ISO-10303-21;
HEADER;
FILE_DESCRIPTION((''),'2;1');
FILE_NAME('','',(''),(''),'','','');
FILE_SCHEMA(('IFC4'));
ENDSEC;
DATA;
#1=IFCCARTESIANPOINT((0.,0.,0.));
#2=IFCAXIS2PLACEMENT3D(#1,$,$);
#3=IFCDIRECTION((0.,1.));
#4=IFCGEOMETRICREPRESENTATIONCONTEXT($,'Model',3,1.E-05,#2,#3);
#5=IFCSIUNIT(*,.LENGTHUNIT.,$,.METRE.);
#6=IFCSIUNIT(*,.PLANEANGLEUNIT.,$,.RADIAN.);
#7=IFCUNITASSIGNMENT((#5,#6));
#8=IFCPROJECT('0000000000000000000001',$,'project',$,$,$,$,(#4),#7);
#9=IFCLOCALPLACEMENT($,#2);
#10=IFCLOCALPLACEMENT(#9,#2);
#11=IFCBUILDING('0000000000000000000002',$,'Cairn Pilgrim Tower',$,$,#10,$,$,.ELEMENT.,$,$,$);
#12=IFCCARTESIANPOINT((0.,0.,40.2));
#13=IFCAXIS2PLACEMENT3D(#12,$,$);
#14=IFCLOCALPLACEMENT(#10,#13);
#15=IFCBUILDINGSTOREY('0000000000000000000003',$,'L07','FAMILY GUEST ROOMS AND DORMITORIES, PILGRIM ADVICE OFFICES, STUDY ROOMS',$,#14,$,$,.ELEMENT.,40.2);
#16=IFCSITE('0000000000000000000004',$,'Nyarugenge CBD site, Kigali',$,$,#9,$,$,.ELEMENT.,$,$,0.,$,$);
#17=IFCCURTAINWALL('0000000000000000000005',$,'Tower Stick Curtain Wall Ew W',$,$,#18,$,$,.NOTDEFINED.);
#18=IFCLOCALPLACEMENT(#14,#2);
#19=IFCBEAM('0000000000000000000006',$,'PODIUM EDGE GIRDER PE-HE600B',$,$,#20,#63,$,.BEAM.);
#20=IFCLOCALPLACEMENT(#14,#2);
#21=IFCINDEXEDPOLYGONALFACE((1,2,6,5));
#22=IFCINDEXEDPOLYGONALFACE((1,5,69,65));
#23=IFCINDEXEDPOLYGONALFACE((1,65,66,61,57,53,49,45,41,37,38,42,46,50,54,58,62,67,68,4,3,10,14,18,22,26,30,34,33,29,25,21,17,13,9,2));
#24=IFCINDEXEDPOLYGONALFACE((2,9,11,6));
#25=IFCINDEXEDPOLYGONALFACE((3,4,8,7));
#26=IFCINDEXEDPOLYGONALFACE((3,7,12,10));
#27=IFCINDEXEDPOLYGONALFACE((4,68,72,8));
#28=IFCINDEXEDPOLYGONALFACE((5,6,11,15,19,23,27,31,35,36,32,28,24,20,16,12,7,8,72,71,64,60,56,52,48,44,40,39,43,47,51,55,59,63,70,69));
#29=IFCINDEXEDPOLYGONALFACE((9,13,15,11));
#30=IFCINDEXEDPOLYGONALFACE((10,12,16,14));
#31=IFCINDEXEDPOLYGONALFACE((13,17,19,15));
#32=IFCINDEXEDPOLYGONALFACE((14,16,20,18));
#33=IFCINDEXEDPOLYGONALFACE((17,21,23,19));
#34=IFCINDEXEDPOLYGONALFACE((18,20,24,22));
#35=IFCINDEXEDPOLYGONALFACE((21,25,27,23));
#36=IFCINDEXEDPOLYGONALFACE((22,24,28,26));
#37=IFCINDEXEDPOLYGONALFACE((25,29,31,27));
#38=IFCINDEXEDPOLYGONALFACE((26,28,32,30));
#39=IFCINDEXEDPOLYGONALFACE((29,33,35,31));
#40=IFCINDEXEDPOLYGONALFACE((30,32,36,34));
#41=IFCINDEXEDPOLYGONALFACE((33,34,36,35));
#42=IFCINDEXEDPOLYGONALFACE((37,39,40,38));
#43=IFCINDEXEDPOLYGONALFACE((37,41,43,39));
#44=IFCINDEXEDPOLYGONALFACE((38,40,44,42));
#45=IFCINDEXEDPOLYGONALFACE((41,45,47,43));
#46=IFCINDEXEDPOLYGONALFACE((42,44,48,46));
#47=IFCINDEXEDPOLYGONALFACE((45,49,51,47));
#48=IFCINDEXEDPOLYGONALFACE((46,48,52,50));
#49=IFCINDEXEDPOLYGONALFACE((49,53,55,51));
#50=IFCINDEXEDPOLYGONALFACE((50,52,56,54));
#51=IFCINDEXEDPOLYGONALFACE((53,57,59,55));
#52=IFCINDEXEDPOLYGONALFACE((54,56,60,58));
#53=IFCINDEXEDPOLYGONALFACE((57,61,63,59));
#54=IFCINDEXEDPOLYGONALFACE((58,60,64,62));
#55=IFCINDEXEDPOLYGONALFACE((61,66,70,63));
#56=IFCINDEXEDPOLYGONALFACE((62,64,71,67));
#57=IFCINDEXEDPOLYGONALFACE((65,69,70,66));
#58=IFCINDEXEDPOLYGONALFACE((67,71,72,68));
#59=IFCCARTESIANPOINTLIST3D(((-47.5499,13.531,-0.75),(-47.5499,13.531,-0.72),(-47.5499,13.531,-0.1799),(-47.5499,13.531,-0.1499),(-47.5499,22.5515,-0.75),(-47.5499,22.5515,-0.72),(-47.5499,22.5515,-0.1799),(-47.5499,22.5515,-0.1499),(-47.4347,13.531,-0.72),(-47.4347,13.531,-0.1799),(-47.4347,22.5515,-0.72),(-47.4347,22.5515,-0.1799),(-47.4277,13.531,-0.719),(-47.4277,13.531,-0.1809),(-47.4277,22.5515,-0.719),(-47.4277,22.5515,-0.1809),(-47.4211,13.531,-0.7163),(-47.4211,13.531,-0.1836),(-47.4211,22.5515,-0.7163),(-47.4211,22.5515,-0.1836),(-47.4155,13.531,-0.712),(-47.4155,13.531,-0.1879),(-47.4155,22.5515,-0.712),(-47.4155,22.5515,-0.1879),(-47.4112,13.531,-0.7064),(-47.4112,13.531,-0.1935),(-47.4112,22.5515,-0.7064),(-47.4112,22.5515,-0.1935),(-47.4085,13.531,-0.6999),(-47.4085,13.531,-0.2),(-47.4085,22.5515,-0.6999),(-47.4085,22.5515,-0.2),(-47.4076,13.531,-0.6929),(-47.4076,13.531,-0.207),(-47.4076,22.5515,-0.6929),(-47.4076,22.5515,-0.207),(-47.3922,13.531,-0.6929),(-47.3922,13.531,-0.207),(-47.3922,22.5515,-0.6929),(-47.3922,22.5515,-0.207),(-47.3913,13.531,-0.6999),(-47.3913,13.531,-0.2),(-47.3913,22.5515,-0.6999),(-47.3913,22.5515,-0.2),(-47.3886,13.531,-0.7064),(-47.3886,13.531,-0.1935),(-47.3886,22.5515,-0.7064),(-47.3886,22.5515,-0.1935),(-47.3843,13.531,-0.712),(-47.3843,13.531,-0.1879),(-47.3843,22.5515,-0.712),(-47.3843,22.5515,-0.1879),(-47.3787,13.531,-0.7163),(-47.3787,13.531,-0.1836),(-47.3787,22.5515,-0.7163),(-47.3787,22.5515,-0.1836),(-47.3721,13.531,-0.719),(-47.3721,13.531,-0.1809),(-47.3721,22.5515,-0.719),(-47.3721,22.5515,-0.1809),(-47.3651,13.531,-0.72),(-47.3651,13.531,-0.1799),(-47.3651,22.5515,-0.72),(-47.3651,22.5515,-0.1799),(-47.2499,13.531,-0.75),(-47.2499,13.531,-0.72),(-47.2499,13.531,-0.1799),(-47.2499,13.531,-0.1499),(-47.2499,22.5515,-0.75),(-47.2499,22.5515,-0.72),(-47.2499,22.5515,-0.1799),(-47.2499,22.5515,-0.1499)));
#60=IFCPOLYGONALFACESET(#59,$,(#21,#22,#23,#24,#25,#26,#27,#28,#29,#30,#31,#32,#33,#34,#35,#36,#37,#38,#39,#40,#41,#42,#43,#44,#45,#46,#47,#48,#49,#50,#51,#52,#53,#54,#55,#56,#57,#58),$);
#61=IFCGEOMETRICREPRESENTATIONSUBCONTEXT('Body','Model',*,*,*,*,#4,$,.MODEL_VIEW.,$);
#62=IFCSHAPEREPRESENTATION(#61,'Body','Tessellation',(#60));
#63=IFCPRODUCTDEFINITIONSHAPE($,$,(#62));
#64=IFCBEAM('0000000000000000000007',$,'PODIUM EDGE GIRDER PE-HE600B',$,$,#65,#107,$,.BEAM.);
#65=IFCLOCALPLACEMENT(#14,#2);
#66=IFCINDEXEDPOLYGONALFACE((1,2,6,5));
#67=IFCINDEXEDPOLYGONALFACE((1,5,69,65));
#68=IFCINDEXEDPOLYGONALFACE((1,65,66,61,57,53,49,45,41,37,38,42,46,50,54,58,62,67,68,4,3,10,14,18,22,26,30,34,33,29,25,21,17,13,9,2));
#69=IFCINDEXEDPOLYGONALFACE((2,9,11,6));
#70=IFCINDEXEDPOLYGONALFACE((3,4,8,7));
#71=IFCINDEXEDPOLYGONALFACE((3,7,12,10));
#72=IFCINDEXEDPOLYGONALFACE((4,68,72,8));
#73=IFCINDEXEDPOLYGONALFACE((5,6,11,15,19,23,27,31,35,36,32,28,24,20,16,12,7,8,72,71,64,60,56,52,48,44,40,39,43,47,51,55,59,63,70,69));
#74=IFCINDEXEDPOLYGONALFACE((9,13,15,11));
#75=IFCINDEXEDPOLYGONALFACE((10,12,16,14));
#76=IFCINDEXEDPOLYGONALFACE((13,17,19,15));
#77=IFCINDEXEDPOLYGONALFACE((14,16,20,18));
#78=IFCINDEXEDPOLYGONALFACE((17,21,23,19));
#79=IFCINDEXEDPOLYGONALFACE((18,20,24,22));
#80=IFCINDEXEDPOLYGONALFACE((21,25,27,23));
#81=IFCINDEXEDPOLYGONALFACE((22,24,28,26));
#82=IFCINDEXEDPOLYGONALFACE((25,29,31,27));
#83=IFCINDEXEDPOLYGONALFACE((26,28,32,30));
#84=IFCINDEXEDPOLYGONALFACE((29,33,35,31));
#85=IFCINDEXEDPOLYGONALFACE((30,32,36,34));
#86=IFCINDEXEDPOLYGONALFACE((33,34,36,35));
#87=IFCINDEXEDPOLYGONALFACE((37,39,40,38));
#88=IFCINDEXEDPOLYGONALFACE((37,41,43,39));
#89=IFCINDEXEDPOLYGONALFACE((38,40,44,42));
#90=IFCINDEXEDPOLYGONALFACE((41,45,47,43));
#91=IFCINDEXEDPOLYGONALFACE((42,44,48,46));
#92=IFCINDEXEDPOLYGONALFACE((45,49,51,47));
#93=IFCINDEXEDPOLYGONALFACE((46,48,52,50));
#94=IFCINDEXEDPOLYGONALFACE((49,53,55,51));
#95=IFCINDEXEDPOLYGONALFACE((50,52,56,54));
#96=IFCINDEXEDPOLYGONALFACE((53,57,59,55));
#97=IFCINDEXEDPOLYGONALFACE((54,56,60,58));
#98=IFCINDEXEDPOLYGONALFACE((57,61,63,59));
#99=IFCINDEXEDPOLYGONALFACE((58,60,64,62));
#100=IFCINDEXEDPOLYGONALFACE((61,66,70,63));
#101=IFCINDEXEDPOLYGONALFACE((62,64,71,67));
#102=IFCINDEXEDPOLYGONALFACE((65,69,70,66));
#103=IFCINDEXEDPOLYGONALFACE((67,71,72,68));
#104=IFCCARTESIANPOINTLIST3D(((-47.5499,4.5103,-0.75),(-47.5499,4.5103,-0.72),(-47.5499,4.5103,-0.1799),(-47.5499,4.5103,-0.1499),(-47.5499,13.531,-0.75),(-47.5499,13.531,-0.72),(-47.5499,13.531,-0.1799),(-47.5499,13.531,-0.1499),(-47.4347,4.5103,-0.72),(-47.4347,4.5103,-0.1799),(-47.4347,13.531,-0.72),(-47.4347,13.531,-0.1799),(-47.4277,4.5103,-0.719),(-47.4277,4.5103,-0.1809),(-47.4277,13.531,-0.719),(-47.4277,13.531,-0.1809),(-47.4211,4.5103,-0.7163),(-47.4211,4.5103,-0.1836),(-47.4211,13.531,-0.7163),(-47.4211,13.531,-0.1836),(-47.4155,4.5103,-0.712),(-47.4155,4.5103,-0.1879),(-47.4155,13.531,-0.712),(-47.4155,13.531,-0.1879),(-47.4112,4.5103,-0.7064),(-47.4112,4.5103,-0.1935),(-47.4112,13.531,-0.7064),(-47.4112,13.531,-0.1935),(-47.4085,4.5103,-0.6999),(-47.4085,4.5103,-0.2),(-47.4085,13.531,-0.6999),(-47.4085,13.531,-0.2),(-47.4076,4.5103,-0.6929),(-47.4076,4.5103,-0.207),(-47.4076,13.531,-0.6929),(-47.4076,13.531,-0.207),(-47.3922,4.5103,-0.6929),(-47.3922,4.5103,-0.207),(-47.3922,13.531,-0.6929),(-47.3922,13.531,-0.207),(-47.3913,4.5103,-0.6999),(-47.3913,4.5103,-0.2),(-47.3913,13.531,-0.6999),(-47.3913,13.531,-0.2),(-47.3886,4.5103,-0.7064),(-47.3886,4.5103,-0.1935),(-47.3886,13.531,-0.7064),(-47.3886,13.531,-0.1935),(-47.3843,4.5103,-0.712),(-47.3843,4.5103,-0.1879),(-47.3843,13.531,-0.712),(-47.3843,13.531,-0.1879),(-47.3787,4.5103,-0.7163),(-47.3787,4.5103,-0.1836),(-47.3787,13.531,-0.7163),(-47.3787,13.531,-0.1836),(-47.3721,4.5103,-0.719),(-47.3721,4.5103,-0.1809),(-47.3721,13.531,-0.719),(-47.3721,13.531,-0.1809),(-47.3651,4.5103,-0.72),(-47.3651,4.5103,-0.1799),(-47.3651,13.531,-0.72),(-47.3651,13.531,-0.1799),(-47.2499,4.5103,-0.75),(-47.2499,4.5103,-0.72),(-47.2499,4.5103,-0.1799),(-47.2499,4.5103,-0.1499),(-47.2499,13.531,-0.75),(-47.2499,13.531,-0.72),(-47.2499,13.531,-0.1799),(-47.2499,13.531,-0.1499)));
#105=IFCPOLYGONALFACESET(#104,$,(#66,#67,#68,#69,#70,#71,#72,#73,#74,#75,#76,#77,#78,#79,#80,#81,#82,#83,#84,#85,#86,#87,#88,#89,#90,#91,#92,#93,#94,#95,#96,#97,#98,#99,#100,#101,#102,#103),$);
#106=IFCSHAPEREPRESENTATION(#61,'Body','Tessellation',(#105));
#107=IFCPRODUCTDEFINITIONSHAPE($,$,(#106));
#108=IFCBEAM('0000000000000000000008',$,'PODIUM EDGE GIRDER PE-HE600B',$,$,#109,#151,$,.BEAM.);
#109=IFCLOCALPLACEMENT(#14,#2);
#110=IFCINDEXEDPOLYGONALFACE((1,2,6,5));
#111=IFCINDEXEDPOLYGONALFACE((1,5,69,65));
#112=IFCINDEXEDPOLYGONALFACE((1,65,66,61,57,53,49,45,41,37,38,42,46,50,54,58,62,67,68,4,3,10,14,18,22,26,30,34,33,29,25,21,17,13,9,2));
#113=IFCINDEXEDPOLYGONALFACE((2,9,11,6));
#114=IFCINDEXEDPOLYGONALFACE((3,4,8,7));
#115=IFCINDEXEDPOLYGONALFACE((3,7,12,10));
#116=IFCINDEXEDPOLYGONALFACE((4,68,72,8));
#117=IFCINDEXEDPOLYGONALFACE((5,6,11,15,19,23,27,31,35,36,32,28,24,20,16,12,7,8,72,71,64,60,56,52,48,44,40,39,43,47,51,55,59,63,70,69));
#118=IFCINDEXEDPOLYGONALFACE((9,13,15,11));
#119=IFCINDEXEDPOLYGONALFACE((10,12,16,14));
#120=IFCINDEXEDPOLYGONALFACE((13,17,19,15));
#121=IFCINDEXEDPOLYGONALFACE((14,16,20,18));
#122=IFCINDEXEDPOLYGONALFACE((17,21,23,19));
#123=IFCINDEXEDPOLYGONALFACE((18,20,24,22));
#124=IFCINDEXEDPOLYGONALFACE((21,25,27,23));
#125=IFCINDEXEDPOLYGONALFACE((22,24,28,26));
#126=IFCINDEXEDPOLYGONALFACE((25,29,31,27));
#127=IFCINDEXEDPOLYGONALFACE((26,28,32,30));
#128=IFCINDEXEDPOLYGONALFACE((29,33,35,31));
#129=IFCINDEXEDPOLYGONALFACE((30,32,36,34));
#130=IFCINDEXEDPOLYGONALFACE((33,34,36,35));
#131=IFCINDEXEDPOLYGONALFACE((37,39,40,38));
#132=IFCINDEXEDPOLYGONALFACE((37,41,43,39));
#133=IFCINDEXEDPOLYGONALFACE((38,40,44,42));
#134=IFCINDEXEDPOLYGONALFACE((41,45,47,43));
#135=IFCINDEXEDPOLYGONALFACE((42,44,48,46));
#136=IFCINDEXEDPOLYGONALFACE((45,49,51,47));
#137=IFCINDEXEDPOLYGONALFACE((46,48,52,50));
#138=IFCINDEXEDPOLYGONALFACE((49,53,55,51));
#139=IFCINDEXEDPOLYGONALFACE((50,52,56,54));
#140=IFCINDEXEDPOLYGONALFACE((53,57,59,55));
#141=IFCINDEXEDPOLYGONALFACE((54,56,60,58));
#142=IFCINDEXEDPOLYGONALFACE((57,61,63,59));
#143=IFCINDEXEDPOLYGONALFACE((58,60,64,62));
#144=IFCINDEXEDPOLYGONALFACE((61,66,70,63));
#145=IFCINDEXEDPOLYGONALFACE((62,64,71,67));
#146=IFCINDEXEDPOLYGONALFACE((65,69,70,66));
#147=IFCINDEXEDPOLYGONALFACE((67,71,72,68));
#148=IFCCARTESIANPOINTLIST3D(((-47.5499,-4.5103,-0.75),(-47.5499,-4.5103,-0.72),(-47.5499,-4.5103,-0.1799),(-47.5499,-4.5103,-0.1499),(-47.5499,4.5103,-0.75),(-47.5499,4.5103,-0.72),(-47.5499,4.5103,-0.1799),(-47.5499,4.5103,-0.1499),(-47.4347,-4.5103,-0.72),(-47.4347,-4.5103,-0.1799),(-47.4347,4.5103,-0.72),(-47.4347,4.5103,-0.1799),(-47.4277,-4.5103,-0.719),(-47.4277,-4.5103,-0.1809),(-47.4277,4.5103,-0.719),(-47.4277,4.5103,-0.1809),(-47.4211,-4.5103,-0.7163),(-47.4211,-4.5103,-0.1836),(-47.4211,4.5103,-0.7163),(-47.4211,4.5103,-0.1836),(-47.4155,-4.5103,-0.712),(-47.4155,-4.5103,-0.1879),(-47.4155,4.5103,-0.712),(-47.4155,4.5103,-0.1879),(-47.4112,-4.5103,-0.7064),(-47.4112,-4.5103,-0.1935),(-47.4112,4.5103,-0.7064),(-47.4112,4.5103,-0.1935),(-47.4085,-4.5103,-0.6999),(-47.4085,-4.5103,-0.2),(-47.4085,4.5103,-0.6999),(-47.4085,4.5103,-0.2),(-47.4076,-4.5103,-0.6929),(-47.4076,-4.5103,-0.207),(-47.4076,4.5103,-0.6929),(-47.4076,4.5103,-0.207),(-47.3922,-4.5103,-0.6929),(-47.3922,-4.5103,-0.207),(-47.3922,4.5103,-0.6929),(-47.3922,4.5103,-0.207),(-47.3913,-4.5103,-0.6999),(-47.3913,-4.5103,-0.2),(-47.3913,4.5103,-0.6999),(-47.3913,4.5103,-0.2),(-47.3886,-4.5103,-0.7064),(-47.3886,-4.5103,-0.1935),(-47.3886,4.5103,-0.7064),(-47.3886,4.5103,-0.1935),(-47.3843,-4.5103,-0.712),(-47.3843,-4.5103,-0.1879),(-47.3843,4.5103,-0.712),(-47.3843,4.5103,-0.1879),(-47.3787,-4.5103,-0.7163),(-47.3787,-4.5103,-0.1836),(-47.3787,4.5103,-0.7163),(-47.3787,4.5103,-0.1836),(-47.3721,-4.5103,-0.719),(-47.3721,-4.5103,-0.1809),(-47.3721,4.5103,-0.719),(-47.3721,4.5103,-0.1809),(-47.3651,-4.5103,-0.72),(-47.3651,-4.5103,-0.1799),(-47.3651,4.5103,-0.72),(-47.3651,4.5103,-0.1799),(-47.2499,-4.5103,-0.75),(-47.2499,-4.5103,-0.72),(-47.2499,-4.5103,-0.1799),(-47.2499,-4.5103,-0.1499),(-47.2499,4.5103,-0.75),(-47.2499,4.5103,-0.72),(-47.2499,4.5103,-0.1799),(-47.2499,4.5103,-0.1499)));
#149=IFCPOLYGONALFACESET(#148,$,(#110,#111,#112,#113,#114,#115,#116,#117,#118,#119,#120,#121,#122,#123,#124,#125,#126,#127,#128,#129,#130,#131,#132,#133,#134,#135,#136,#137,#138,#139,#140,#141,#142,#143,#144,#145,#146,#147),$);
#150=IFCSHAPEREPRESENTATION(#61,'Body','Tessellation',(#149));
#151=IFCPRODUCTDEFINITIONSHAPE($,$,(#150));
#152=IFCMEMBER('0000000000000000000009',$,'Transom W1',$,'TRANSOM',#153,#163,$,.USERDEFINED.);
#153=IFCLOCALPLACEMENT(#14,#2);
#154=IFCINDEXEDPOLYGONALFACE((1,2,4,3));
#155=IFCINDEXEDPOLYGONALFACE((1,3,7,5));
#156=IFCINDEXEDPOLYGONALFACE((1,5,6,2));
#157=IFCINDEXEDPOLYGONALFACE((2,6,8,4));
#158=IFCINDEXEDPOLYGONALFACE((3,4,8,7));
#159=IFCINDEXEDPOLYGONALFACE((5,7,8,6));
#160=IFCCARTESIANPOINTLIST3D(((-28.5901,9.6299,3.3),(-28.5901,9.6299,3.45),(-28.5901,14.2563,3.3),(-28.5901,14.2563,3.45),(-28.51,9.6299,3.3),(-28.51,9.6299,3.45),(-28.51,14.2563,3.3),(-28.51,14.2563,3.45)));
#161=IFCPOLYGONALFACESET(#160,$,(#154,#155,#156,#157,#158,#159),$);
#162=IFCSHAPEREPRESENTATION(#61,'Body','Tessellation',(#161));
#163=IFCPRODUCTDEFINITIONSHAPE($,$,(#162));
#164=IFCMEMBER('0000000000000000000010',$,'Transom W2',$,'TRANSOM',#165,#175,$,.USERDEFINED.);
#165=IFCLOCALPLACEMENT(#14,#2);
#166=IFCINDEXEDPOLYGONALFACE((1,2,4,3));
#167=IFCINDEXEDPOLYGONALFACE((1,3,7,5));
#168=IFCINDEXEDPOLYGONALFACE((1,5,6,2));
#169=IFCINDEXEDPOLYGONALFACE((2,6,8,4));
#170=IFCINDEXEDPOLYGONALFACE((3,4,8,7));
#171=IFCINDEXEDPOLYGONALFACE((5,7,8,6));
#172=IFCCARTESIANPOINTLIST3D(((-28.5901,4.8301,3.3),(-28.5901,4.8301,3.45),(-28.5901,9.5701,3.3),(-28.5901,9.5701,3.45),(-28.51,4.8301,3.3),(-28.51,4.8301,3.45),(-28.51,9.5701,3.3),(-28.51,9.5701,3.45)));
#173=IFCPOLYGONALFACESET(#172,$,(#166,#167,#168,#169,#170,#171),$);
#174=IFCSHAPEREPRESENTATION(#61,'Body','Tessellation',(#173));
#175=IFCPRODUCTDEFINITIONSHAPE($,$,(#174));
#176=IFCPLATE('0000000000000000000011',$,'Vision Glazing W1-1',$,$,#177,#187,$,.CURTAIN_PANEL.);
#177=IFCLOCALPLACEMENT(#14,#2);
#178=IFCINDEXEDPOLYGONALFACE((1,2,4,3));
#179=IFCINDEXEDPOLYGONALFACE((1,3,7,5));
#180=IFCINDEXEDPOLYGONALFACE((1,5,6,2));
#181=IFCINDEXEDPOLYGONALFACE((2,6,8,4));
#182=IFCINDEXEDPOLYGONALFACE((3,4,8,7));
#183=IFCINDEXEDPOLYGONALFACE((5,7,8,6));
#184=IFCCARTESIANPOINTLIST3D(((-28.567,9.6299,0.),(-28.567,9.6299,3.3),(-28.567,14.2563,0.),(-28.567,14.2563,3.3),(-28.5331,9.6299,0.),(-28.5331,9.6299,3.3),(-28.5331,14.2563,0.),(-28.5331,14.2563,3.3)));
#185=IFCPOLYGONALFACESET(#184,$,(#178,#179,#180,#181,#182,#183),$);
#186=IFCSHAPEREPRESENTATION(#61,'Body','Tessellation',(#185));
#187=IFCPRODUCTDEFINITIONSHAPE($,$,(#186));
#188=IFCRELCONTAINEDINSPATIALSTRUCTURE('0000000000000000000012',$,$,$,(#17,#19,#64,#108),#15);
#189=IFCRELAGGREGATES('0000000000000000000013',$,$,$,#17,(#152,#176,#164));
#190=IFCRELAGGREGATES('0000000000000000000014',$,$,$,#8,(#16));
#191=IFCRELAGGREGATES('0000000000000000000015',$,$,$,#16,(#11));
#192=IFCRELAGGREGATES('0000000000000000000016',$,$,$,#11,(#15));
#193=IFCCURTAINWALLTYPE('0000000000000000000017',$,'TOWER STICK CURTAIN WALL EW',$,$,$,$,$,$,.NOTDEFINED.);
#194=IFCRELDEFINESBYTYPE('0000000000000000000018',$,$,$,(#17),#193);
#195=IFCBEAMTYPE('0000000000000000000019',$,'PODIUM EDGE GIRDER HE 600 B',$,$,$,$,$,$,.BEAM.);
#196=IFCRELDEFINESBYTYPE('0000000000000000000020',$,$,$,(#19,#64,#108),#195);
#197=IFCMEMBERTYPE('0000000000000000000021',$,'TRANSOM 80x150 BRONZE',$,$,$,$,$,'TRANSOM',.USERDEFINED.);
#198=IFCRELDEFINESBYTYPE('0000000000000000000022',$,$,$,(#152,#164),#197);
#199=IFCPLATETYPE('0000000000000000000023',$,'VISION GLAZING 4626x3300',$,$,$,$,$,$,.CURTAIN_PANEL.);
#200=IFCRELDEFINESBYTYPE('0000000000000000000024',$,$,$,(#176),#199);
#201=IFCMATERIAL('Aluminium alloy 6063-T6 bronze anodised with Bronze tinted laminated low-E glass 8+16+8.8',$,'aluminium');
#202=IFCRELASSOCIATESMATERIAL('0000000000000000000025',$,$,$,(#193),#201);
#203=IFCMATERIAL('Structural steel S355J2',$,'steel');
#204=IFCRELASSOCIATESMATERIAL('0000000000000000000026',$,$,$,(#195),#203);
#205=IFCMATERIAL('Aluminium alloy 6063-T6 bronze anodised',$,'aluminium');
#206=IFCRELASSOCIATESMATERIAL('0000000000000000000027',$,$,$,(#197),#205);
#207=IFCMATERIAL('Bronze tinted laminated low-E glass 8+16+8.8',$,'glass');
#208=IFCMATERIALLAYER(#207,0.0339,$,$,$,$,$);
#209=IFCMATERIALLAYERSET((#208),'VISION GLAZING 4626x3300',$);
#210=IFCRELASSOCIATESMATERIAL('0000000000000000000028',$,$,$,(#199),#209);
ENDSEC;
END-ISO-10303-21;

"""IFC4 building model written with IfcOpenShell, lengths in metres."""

from ifc_helpers import new_model, si_unit, direction, frame, origin, origin_2d, place, context, subcontext, project, spatial, rectangle, i_section, extrude, material, layer, layer_set, material_profile, profile_set, type_object, element, aggregate, save


model = new_model("IFC4")

# Units and contexts
model_context = context("Model", 3, precision=1e-05, world=origin(), true_north=direction((0.0, 1.0)))
body_context = subcontext(model_context, "Body", "Model", "MODEL_VIEW")
ifc_project = project(units=[si_unit("LENGTHUNIT", "METRE"), si_unit("PLANEANGLEUNIT", "RADIAN")], contexts=[model_context])

# Site, building, storey
site_placement = place(None, origin())
site = spatial("IfcSite", under=ifc_project, at=site_placement, Name="Nyarugenge CBD site, Kigali", CompositionType="ELEMENT", RefElevation=0.0)
building_placement = place(site_placement, origin())
building = spatial("IfcBuilding", under=site, at=building_placement, Name="Cairn Pilgrim Tower", CompositionType="ELEMENT")
storey_placement = place(building_placement, frame((0.0, 0.0, 40.2)))
storey = spatial("IfcBuildingStorey", under=building, at=storey_placement, Name="L07", Description="FAMILY GUEST ROOMS AND DORMITORIES, PILGRIM ADVICE OFFICES, STUDY ROOMS", CompositionType="ELEMENT", Elevation=40.2)

# Curtain wall
ifc_material_1 = material(Name="Aluminium alloy 6063-T6 bronze anodised with Bronze tinted laminated low-E glass 8+16+8.8", Category="aluminium")
curtain_wall_type = type_object("IfcCurtainWallType", Name="TOWER STICK CURTAIN WALL EW", PredefinedType="NOTDEFINED", material=ifc_material_1)
curtain_wall_placement = place(storey_placement, origin())
curtain_wall = element("IfcCurtainWall", 1, at=curtain_wall_placement, inside=storey, type_object=curtain_wall_type, Name="Tower Stick Curtain Wall Ew W", PredefinedType="NOTDEFINED")
ifc_material_2 = material(Name="Aluminium alloy 6063-T6 bronze anodised", Category="aluminium")

# Beams
ifc_material_3 = material(Name="Structural steel S355J2", Category="steel")
ifc_material_profile_1 = material_profile(ifc_material_3, i_section(OverallWidth=0.3, OverallDepth=0.6001, WebThickness=0.0154, FlangeThickness=0.03, FilletRadius=0.0271, at=origin_2d()), Name="HEB 600")
ifc_profile_set_1 = profile_set([ifc_material_profile_1], Name="Structural steel S355J2")
beam_type_1 = type_object("IfcBeamType", Name="PODIUM EDGE GIRDER HE 600 B", PredefinedType="BEAM", material=ifc_profile_set_1)
beam_1_placement = place(storey_placement, frame((-47.3999, 22.5515, -0.45), z_axis=(0.0, -1.0, 0.0), x_axis=(1.0, 0.0, 0.0)))
element("IfcBeam", 2, at=beam_1_placement, inside=storey, type_object=beam_type_1, Name="PODIUM EDGE GIRDER PE-HE600B", PredefinedType="BEAM", context=body_context, shape_type="SweptSolid", body=[
    extrude(i_section(OverallWidth=0.3, OverallDepth=0.6001, WebThickness=0.0154, FlangeThickness=0.03, FilletRadius=0.0271, at=origin_2d()), origin(), (0.0, 0.0, 1.0), 9.0205),
])
beam_2_placement = place(storey_placement, frame((-47.3999, 13.531, -0.45), z_axis=(0.0, -1.0, 0.0), x_axis=(1.0, 0.0, 0.0)))
element("IfcBeam", 3, at=beam_2_placement, inside=storey, type_object=beam_type_1, Name="PODIUM EDGE GIRDER PE-HE600B", PredefinedType="BEAM", context=body_context, shape_type="SweptSolid", body=[
    extrude(i_section(OverallWidth=0.3, OverallDepth=0.6001, WebThickness=0.0154, FlangeThickness=0.03, FilletRadius=0.0271, at=origin_2d()), origin(), (0.0, 0.0, 1.0), 9.0208),
])
beam_3_placement = place(storey_placement, frame((-47.3999, 4.5103, -0.45), z_axis=(0.0, -1.0, 0.0), x_axis=(1.0, 0.0, 0.0)))
element("IfcBeam", 4, at=beam_3_placement, inside=storey, type_object=beam_type_1, Name="PODIUM EDGE GIRDER PE-HE600B", PredefinedType="BEAM", context=body_context, shape_type="SweptSolid", body=[
    extrude(i_section(OverallWidth=0.3, OverallDepth=0.6001, WebThickness=0.0154, FlangeThickness=0.03, FilletRadius=0.0271, at=origin_2d()), origin(), (0.0, 0.0, 1.0), 9.0205),
])

# Members
ifc_material_profile_2 = material_profile(ifc_material_2, rectangle(XDim=0.0801, YDim=0.1499, at=origin_2d()), Name="TRANSOM 80x150 BRONZE")
ifc_profile_set_2 = profile_set([ifc_material_profile_2], Name="Aluminium alloy 6063-T6 bronze anodised")
member_type_1 = type_object("IfcMemberType", Name="TRANSOM 80x150 BRONZE", ElementType="TRANSOM", PredefinedType="USERDEFINED", material=ifc_profile_set_2)
member_1_placement = place(storey_placement, frame((-28.55, 14.2563, 3.375), z_axis=(0.0, -1.0, 0.0), x_axis=(1.0, 0.0, 0.0)))
member_1 = element("IfcMember", 5, at=member_1_placement, type_object=member_type_1, Name="Transom W1", ObjectType="TRANSOM", PredefinedType="USERDEFINED", context=body_context, shape_type="SweptSolid", body=[
    extrude(rectangle(XDim=0.0801, YDim=0.1499, at=origin_2d()), origin(), (0.0, 0.0, 1.0), 4.6265),
])
member_2_placement = place(storey_placement, frame((-28.55, 9.5701, 3.375), z_axis=(0.0, -1.0, 0.0), x_axis=(1.0, 0.0, 0.0)))
member_2 = element("IfcMember", 6, at=member_2_placement, type_object=member_type_1, Name="Transom W2", ObjectType="TRANSOM", PredefinedType="USERDEFINED", context=body_context, shape_type="SweptSolid", body=[
    extrude(rectangle(XDim=0.0801, YDim=0.1499, at=origin_2d()), origin(), (0.0, 0.0, 1.0), 4.74),
])

# Plate
ifc_material_4 = material(Name="Bronze tinted laminated low-E glass 8+16+8.8", Category="glass")
ifc_layer_1 = layer(ifc_material_4, 0.0339)
ifc_layer_set_1 = layer_set([ifc_layer_1], Name="VISION GLAZING 4626x3300")
plate_type_1 = type_object("IfcPlateType", Name="VISION GLAZING 4626x3300", PredefinedType="CURTAIN_PANEL", material=ifc_layer_set_1)
plate_1_placement = place(storey_placement, frame((-28.55, 11.9431, 0.0), z_axis=(0.0, 0.0, 1.0), x_axis=(0.0, -1.0, 0.0)))
plate_1 = element("IfcPlate", 7, at=plate_1_placement, type_object=plate_type_1, Name="Vision Glazing W1-1", PredefinedType="CURTAIN_PANEL", context=body_context, shape_type="SweptSolid", body=[
    extrude(rectangle(XDim=4.6265, YDim=0.0339, at=origin_2d()), origin(), (0.0, 0.0, 1.0), 3.3),
])
aggregate(curtain_wall, [member_1, plate_1, member_2])

save(model, "model.ifc")
